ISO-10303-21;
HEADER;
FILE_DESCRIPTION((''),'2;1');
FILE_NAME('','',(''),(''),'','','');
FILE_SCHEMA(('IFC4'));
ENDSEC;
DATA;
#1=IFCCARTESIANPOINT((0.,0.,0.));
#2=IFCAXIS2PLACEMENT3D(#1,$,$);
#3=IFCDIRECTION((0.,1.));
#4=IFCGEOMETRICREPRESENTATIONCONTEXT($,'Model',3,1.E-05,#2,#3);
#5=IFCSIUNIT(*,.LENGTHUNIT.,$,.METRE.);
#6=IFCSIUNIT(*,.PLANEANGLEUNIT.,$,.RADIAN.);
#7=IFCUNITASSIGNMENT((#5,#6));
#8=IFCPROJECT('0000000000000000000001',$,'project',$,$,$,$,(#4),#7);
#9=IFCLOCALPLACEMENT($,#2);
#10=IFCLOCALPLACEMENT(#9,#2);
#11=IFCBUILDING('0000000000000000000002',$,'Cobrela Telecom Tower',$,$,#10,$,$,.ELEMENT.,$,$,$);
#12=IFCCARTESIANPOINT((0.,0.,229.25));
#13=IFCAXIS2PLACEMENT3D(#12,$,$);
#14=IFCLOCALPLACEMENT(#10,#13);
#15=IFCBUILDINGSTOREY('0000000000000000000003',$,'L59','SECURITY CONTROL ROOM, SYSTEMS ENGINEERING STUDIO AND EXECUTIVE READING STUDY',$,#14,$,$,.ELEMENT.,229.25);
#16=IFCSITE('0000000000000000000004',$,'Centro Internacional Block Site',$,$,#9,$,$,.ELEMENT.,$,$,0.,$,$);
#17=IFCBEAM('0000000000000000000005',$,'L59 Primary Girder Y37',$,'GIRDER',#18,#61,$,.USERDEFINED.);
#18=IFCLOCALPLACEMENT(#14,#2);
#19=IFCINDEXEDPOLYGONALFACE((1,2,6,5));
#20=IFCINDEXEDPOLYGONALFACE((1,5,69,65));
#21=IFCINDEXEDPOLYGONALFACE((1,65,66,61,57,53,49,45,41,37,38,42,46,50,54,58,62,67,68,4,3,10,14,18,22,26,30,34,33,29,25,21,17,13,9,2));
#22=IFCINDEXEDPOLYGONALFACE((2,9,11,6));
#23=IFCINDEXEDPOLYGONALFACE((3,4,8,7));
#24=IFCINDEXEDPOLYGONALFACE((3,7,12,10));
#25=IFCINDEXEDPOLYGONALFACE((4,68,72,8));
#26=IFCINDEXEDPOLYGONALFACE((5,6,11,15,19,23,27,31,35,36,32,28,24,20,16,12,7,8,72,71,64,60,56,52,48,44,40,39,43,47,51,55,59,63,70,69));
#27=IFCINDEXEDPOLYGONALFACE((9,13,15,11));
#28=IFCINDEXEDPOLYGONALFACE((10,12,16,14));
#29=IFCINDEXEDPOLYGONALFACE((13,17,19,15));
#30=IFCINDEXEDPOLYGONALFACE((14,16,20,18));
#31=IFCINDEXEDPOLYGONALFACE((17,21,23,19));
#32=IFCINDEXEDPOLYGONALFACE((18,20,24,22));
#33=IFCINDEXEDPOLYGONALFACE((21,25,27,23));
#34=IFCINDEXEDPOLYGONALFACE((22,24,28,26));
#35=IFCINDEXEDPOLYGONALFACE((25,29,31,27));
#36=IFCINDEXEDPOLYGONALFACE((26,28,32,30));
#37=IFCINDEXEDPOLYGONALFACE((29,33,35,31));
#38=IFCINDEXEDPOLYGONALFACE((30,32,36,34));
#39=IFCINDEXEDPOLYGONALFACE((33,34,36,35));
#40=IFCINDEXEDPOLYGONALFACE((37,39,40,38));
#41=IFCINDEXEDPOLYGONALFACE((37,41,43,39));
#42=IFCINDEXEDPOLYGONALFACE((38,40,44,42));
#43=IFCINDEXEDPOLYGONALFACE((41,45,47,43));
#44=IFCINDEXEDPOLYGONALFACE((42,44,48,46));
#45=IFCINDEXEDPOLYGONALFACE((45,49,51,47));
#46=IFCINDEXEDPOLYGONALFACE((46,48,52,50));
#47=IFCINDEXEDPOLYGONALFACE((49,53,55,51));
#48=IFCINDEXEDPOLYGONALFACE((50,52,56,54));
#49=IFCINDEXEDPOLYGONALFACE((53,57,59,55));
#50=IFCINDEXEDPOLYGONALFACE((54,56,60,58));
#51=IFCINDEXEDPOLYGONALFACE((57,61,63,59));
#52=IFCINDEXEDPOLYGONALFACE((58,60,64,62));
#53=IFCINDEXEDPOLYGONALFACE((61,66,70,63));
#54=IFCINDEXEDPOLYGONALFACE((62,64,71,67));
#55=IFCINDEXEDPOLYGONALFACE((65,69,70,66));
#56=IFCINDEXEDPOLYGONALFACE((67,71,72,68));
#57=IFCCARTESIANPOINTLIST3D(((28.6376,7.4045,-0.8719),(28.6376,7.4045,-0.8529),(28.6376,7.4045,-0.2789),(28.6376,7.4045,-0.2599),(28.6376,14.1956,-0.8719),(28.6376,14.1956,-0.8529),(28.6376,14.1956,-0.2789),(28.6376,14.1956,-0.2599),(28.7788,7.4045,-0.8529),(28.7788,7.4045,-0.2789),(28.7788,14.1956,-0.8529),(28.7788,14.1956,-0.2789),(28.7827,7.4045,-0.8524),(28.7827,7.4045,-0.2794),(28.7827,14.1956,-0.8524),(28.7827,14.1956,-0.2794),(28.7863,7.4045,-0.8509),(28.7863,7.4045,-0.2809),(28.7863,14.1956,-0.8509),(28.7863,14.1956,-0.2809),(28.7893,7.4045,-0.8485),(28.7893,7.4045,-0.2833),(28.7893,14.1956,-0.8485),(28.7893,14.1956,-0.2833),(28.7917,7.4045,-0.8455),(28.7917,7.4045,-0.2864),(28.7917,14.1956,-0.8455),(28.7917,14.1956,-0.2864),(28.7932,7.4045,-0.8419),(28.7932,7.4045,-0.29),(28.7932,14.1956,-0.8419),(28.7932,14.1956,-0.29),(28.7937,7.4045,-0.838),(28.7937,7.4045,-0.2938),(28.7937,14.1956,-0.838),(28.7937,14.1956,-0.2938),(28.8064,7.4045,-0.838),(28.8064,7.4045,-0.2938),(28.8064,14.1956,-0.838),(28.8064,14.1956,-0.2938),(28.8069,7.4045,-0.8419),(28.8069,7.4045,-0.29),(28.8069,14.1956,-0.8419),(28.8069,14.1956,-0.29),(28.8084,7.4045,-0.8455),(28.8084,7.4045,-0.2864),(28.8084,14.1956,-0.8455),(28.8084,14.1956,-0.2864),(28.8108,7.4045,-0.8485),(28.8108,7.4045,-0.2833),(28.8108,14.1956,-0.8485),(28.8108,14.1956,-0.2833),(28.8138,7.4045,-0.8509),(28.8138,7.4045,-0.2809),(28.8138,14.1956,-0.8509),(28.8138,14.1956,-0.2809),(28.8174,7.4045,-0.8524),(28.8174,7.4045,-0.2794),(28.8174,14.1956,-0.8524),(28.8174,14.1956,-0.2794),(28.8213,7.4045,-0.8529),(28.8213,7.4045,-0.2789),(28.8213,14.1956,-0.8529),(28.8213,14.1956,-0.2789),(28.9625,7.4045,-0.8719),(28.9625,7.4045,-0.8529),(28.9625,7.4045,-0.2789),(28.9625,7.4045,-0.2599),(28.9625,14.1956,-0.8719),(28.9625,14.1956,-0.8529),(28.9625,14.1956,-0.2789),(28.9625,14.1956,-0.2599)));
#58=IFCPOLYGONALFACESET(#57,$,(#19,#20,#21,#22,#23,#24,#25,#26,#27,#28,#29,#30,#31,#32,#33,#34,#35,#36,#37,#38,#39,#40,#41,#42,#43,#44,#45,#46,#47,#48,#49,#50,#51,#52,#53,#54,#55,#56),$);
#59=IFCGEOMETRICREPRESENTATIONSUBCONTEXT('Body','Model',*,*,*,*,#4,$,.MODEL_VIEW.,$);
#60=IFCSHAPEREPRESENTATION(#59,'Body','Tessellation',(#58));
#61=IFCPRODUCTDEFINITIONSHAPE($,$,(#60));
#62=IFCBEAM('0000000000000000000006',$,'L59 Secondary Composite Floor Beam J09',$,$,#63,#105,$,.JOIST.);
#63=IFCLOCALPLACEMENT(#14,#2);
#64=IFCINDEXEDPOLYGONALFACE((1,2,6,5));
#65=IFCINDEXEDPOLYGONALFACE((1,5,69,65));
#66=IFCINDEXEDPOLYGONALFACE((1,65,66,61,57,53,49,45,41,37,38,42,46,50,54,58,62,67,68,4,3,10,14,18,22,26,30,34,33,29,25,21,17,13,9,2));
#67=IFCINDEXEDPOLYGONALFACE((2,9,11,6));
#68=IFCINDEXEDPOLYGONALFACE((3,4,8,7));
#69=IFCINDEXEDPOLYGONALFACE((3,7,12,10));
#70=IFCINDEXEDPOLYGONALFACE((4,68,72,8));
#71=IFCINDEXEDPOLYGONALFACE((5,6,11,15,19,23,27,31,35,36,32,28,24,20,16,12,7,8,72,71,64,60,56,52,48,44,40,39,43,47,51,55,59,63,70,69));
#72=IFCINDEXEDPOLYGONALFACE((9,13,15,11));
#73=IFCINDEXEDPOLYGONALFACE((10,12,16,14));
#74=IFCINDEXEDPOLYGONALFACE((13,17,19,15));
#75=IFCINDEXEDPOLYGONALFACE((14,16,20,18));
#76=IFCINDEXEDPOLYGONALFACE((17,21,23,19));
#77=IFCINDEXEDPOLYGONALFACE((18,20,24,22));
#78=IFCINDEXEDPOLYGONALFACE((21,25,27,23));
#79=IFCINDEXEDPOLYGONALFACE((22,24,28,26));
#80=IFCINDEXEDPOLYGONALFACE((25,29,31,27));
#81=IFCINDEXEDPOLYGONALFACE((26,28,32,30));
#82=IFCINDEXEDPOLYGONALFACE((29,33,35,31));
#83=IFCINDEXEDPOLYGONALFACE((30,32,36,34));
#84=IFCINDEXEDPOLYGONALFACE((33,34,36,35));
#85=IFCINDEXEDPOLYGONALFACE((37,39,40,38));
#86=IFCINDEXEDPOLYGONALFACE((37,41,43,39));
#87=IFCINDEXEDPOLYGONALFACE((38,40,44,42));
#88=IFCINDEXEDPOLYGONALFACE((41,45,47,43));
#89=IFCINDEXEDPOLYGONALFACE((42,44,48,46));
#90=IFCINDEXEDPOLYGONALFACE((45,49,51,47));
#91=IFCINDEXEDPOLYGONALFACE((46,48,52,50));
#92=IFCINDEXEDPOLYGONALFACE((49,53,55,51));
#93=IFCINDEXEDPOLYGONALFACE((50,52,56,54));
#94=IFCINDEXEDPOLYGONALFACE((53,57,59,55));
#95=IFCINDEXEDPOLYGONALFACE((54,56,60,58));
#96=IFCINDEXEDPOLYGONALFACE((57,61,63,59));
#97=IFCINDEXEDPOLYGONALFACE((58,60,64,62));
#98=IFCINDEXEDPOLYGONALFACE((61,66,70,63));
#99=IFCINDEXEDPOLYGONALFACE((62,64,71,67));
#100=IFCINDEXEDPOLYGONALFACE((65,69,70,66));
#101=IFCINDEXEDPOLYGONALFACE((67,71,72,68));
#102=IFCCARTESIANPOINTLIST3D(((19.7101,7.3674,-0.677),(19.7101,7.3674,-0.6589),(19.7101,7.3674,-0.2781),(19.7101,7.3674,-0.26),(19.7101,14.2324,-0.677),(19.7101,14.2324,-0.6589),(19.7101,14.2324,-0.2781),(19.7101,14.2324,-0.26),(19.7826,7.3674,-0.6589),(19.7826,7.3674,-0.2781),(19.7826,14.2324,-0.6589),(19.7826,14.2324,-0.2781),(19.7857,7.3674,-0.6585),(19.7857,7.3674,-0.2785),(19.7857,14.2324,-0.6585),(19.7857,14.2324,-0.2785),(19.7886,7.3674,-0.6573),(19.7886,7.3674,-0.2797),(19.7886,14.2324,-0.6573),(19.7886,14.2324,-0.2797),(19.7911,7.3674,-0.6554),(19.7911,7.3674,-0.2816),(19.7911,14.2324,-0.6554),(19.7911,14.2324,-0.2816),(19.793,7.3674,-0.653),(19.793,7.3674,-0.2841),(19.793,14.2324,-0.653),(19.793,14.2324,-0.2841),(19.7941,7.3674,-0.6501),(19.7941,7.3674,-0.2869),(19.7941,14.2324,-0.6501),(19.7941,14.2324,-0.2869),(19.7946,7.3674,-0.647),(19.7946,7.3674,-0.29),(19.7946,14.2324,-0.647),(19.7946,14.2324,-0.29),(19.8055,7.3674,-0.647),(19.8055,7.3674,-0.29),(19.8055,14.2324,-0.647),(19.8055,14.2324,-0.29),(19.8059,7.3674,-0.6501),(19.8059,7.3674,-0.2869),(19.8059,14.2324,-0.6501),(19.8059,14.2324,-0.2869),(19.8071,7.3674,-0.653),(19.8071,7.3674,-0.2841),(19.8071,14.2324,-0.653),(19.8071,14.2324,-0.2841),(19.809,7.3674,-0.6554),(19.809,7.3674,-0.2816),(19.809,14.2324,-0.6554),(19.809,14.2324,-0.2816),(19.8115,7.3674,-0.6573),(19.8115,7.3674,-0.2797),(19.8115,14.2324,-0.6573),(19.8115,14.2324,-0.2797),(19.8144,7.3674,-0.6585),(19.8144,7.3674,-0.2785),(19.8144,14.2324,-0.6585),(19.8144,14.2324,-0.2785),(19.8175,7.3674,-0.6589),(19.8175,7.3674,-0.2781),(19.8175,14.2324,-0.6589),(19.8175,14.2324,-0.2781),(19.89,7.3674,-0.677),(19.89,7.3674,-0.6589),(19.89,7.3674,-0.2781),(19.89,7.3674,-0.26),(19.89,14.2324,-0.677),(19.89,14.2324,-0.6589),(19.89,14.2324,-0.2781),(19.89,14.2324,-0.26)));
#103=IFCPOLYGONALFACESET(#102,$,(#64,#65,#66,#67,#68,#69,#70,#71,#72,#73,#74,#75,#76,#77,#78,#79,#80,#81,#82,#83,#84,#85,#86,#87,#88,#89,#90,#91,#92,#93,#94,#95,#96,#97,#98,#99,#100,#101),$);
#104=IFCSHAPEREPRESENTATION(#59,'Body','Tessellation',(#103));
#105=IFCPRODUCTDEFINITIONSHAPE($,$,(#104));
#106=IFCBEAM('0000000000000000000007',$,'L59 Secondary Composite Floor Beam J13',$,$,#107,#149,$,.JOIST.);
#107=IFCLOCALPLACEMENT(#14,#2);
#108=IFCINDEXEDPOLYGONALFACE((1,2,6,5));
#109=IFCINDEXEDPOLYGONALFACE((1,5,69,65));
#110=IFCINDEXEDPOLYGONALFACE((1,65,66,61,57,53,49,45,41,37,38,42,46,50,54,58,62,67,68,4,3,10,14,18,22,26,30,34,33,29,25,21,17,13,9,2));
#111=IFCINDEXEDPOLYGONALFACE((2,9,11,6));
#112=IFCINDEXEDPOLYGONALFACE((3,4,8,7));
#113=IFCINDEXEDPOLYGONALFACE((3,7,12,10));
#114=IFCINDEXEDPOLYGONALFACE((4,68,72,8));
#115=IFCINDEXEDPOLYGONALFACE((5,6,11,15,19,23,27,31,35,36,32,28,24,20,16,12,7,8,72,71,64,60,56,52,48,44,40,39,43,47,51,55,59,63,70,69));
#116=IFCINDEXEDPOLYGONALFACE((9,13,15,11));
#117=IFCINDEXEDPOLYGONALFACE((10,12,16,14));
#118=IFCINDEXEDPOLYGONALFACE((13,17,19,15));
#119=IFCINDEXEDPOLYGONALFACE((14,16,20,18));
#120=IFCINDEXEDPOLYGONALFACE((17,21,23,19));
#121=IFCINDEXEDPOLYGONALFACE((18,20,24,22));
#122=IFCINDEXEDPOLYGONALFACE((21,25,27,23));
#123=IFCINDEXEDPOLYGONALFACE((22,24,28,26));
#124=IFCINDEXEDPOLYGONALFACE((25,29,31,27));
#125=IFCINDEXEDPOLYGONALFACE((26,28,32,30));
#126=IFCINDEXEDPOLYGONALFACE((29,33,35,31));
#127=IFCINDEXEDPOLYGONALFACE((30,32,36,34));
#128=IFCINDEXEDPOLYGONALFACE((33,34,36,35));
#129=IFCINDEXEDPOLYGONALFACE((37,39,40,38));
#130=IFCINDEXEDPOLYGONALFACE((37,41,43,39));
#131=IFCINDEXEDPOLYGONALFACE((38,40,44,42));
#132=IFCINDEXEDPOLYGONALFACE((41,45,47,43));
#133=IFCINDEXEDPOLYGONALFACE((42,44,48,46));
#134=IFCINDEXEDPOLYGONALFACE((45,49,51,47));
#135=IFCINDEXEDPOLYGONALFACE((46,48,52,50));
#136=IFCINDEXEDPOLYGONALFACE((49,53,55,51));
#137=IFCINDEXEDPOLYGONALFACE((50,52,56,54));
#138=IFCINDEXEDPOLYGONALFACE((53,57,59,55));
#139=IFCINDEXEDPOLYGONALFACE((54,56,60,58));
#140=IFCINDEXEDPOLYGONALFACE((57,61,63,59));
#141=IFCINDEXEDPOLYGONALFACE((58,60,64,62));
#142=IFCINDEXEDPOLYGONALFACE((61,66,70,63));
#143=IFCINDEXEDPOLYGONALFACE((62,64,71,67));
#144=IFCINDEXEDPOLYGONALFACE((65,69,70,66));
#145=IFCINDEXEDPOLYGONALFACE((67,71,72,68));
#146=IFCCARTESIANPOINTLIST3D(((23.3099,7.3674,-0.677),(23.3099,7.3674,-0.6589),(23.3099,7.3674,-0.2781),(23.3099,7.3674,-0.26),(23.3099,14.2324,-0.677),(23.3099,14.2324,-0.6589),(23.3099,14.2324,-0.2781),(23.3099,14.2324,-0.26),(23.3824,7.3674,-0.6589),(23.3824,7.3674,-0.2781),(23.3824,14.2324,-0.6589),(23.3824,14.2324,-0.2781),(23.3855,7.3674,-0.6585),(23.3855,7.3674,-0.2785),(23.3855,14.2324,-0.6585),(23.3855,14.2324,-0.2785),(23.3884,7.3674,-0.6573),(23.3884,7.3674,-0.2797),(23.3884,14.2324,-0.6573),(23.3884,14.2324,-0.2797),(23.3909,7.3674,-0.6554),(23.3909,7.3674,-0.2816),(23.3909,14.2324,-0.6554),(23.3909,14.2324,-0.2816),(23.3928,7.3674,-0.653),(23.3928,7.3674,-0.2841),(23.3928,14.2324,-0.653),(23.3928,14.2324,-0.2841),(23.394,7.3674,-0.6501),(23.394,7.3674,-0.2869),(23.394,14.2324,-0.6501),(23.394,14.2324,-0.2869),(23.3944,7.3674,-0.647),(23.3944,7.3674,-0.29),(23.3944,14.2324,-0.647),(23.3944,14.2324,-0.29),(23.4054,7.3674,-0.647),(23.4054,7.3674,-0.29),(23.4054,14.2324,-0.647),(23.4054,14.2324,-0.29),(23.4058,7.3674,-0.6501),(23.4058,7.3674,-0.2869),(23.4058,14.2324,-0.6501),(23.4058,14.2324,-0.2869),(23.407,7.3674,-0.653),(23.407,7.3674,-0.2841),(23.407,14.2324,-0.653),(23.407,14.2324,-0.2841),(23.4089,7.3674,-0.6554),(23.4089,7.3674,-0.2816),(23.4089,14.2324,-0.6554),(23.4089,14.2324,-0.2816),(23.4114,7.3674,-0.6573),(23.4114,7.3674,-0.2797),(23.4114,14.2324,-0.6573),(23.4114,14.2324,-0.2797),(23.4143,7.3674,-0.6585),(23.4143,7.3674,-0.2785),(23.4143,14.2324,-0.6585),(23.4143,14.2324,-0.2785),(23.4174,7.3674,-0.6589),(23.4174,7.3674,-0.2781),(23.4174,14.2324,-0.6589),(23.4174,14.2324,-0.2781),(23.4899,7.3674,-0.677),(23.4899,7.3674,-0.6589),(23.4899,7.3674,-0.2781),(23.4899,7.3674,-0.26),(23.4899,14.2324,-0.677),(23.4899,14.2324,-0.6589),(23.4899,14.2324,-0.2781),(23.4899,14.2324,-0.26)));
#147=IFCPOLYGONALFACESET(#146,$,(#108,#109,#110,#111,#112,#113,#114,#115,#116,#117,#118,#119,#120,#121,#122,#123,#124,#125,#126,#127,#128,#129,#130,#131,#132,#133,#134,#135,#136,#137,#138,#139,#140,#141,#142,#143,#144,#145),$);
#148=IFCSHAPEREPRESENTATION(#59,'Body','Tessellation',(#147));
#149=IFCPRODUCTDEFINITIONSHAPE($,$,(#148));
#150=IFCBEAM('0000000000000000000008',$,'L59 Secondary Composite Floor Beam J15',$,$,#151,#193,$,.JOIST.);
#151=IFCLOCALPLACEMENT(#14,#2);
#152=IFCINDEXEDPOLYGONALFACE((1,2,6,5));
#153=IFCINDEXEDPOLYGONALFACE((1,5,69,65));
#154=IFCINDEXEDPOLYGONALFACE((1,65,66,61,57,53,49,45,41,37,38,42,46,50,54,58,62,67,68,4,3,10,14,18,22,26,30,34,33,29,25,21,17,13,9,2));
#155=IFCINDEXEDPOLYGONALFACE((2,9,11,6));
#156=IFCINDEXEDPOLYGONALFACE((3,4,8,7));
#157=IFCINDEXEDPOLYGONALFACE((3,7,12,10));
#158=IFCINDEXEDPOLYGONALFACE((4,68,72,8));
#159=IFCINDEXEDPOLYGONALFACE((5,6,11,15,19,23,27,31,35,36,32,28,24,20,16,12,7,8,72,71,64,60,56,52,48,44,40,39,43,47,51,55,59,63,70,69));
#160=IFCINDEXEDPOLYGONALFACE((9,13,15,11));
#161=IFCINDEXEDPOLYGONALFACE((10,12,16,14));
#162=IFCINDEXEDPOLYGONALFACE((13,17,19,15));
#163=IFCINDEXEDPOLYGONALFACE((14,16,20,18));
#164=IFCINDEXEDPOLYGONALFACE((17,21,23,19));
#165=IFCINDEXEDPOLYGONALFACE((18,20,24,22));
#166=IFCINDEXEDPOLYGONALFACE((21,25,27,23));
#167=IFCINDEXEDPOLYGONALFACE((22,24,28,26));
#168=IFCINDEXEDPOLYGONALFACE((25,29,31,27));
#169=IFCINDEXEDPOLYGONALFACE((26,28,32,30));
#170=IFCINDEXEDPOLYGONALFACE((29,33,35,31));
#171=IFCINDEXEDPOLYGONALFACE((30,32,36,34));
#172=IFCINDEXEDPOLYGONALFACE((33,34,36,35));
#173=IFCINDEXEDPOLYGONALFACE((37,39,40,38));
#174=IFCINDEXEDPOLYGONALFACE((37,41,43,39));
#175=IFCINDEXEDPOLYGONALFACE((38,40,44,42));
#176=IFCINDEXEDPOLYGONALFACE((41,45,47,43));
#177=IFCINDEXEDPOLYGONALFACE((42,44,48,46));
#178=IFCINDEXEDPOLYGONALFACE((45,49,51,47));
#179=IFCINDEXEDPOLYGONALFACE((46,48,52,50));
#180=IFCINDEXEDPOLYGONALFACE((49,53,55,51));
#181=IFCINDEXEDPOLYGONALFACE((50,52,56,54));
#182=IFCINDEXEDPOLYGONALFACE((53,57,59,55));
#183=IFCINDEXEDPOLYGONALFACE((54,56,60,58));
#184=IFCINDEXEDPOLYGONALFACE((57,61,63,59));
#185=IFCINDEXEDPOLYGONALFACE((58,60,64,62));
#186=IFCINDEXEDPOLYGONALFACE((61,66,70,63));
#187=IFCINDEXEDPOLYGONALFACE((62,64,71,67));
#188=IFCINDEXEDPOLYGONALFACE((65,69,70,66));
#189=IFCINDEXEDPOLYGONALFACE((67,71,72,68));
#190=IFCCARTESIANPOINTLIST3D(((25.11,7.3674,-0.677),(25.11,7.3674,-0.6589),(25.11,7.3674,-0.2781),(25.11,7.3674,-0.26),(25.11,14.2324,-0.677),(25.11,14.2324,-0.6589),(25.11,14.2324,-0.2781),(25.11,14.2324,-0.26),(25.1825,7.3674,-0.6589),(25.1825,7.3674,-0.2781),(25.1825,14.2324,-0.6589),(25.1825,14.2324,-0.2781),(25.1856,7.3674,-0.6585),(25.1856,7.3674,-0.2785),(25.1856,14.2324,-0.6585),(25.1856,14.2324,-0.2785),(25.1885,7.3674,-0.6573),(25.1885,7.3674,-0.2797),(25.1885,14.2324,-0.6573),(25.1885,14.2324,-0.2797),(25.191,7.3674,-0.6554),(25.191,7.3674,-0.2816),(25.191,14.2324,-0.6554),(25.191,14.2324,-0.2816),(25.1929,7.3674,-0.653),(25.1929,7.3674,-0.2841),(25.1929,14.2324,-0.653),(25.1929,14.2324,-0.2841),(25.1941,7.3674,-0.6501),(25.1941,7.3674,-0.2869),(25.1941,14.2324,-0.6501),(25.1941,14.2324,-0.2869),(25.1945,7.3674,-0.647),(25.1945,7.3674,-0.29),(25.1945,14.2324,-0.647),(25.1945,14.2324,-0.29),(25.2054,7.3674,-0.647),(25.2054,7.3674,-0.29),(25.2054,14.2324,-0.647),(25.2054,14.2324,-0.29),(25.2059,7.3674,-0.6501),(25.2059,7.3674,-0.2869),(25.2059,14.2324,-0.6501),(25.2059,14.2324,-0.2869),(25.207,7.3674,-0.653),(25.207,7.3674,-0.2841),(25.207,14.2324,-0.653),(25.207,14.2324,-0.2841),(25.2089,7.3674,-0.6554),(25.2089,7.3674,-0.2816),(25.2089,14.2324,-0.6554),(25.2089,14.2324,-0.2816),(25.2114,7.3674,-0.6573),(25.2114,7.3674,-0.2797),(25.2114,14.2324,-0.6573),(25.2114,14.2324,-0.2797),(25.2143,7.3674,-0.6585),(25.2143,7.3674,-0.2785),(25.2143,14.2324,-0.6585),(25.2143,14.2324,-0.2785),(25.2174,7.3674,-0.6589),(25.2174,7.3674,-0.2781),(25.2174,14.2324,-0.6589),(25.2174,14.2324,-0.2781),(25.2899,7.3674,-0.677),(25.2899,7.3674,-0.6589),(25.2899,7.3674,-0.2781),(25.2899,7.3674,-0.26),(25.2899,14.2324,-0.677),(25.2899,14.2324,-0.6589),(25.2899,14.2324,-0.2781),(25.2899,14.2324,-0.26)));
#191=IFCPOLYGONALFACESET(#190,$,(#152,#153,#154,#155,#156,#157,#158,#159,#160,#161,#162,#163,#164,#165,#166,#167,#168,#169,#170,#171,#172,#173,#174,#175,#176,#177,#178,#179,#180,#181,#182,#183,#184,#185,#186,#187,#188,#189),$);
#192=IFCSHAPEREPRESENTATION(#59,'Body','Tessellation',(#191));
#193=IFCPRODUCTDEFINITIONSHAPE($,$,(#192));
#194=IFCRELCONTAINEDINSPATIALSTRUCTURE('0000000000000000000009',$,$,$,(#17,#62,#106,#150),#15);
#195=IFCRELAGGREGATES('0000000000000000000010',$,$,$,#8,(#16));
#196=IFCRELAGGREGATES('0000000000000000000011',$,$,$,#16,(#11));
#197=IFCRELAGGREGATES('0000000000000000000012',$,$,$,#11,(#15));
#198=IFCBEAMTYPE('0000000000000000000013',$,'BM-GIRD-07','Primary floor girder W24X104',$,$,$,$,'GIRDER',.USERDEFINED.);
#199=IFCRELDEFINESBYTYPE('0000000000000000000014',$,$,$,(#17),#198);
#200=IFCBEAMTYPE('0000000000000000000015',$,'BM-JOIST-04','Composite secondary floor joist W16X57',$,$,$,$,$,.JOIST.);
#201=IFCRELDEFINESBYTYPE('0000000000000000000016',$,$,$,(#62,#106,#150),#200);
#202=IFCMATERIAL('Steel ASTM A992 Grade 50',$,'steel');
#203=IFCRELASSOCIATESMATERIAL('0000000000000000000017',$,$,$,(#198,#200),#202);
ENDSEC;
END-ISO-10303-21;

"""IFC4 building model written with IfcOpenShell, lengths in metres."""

from ifc_helpers import new_model, si_unit, direction, frame, origin, origin_2d, place, context, subcontext, project, spatial, i_section, extrude, material, material_profile, profile_set, type_object, element, save


model = new_model("IFC4")

# Units and contexts
model_context = context("Model", 3, precision=1e-05, world=origin(), true_north=direction((0.0, 1.0)))
body_context = subcontext(model_context, "Body", "Model", "MODEL_VIEW")
ifc_project = project(units=[si_unit("LENGTHUNIT", "METRE"), si_unit("PLANEANGLEUNIT", "RADIAN")], contexts=[model_context])

# Site, building, storey
site_placement = place(None, origin())
site = spatial("IfcSite", under=ifc_project, at=site_placement, Name="Centro Internacional Block Site", CompositionType="ELEMENT", RefElevation=0.0)
building_placement = place(site_placement, origin())
building = spatial("IfcBuilding", under=site, at=building_placement, Name="Cobrela Telecom Tower", CompositionType="ELEMENT")
storey_placement = place(building_placement, frame((0.0, 0.0, 229.25)))
storey = spatial("IfcBuildingStorey", under=building, at=storey_placement, Name="L59", Description="SECURITY CONTROL ROOM, SYSTEMS ENGINEERING STUDIO AND EXECUTIVE READING STUDY", CompositionType="ELEMENT", Elevation=229.25)

# Shared definitions
ifc_material_1 = material(Name="Steel ASTM A992 Grade 50", Category="steel")

# Beams
ifc_material_profile_1 = material_profile(ifc_material_1, i_section(OverallWidth=0.325, OverallDepth=0.6121, WebThickness=0.0127, FlangeThickness=0.019, FilletRadius=0.0149, at=origin_2d()), Name="W24X104")
ifc_profile_set_1 = profile_set([ifc_material_profile_1], Name="Steel ASTM A992 Grade 50")
beam_type_1 = type_object("IfcBeamType", Name="BM-GIRD-07", Description="Primary floor girder W24X104", ElementType="GIRDER", PredefinedType="USERDEFINED", material=ifc_profile_set_1)
beam_1_placement = place(storey_placement, frame((28.8, 7.4045, -0.5659), z_axis=(0.0, 1.0, 0.0), x_axis=(-1.0, 0.0, 0.0)))
element("IfcBeam", 1, at=beam_1_placement, inside=storey, type_object=beam_type_1, Name="L59 Primary Girder Y37", ObjectType="GIRDER", PredefinedType="USERDEFINED", context=body_context, shape_type="SweptSolid", body=[
    extrude(i_section(OverallWidth=0.325, OverallDepth=0.6121, WebThickness=0.0127, FlangeThickness=0.019, FilletRadius=0.0149, at=origin_2d()), origin(), (0.0, 0.0, 1.0), 6.791),
])
ifc_material_profile_2 = material_profile(ifc_material_1, i_section(OverallWidth=0.1799, OverallDepth=0.417, WebThickness=0.011, FlangeThickness=0.0181, FilletRadius=0.012, at=origin_2d()), Name="W16X57")
ifc_profile_set_2 = profile_set([ifc_material_profile_2], Name="Steel ASTM A992 Grade 50")
beam_type_2 = type_object("IfcBeamType", Name="BM-JOIST-04", Description="Composite secondary floor joist W16X57", PredefinedType="JOIST", material=ifc_profile_set_2)
for number, where, z_axis, x_axis, name in (
    (2, (19.8, 7.3674, -0.4685), (0.0, 1.0, 0.0), (-1.0, 0.0, 0.0), "L59 Secondary Composite Floor Beam J09"),
    (3, (23.3999, 7.3674, -0.4685), (0.0, 1.0, 0.0), (-1.0, 0.0, 0.0), "L59 Secondary Composite Floor Beam J13"),
    (4, (25.2, 7.3674, -0.4685), (0.0, 1.0, 0.0), (-1.0, 0.0, 0.0), "L59 Secondary Composite Floor Beam J15"),
):
    element("IfcBeam", number, at=place(storey_placement, frame(where, z_axis=z_axis, x_axis=x_axis)), inside=storey, type_object=beam_type_2, Name=name, PredefinedType="JOIST", context=body_context, shape_type="SweptSolid", body=[
        extrude(i_section(OverallWidth=0.1799, OverallDepth=0.417, WebThickness=0.011, FlangeThickness=0.0181, FilletRadius=0.012, at=origin_2d()), origin(), (0.0, 0.0, 1.0), 6.865),
    ])

save(model, "model.ifc")
